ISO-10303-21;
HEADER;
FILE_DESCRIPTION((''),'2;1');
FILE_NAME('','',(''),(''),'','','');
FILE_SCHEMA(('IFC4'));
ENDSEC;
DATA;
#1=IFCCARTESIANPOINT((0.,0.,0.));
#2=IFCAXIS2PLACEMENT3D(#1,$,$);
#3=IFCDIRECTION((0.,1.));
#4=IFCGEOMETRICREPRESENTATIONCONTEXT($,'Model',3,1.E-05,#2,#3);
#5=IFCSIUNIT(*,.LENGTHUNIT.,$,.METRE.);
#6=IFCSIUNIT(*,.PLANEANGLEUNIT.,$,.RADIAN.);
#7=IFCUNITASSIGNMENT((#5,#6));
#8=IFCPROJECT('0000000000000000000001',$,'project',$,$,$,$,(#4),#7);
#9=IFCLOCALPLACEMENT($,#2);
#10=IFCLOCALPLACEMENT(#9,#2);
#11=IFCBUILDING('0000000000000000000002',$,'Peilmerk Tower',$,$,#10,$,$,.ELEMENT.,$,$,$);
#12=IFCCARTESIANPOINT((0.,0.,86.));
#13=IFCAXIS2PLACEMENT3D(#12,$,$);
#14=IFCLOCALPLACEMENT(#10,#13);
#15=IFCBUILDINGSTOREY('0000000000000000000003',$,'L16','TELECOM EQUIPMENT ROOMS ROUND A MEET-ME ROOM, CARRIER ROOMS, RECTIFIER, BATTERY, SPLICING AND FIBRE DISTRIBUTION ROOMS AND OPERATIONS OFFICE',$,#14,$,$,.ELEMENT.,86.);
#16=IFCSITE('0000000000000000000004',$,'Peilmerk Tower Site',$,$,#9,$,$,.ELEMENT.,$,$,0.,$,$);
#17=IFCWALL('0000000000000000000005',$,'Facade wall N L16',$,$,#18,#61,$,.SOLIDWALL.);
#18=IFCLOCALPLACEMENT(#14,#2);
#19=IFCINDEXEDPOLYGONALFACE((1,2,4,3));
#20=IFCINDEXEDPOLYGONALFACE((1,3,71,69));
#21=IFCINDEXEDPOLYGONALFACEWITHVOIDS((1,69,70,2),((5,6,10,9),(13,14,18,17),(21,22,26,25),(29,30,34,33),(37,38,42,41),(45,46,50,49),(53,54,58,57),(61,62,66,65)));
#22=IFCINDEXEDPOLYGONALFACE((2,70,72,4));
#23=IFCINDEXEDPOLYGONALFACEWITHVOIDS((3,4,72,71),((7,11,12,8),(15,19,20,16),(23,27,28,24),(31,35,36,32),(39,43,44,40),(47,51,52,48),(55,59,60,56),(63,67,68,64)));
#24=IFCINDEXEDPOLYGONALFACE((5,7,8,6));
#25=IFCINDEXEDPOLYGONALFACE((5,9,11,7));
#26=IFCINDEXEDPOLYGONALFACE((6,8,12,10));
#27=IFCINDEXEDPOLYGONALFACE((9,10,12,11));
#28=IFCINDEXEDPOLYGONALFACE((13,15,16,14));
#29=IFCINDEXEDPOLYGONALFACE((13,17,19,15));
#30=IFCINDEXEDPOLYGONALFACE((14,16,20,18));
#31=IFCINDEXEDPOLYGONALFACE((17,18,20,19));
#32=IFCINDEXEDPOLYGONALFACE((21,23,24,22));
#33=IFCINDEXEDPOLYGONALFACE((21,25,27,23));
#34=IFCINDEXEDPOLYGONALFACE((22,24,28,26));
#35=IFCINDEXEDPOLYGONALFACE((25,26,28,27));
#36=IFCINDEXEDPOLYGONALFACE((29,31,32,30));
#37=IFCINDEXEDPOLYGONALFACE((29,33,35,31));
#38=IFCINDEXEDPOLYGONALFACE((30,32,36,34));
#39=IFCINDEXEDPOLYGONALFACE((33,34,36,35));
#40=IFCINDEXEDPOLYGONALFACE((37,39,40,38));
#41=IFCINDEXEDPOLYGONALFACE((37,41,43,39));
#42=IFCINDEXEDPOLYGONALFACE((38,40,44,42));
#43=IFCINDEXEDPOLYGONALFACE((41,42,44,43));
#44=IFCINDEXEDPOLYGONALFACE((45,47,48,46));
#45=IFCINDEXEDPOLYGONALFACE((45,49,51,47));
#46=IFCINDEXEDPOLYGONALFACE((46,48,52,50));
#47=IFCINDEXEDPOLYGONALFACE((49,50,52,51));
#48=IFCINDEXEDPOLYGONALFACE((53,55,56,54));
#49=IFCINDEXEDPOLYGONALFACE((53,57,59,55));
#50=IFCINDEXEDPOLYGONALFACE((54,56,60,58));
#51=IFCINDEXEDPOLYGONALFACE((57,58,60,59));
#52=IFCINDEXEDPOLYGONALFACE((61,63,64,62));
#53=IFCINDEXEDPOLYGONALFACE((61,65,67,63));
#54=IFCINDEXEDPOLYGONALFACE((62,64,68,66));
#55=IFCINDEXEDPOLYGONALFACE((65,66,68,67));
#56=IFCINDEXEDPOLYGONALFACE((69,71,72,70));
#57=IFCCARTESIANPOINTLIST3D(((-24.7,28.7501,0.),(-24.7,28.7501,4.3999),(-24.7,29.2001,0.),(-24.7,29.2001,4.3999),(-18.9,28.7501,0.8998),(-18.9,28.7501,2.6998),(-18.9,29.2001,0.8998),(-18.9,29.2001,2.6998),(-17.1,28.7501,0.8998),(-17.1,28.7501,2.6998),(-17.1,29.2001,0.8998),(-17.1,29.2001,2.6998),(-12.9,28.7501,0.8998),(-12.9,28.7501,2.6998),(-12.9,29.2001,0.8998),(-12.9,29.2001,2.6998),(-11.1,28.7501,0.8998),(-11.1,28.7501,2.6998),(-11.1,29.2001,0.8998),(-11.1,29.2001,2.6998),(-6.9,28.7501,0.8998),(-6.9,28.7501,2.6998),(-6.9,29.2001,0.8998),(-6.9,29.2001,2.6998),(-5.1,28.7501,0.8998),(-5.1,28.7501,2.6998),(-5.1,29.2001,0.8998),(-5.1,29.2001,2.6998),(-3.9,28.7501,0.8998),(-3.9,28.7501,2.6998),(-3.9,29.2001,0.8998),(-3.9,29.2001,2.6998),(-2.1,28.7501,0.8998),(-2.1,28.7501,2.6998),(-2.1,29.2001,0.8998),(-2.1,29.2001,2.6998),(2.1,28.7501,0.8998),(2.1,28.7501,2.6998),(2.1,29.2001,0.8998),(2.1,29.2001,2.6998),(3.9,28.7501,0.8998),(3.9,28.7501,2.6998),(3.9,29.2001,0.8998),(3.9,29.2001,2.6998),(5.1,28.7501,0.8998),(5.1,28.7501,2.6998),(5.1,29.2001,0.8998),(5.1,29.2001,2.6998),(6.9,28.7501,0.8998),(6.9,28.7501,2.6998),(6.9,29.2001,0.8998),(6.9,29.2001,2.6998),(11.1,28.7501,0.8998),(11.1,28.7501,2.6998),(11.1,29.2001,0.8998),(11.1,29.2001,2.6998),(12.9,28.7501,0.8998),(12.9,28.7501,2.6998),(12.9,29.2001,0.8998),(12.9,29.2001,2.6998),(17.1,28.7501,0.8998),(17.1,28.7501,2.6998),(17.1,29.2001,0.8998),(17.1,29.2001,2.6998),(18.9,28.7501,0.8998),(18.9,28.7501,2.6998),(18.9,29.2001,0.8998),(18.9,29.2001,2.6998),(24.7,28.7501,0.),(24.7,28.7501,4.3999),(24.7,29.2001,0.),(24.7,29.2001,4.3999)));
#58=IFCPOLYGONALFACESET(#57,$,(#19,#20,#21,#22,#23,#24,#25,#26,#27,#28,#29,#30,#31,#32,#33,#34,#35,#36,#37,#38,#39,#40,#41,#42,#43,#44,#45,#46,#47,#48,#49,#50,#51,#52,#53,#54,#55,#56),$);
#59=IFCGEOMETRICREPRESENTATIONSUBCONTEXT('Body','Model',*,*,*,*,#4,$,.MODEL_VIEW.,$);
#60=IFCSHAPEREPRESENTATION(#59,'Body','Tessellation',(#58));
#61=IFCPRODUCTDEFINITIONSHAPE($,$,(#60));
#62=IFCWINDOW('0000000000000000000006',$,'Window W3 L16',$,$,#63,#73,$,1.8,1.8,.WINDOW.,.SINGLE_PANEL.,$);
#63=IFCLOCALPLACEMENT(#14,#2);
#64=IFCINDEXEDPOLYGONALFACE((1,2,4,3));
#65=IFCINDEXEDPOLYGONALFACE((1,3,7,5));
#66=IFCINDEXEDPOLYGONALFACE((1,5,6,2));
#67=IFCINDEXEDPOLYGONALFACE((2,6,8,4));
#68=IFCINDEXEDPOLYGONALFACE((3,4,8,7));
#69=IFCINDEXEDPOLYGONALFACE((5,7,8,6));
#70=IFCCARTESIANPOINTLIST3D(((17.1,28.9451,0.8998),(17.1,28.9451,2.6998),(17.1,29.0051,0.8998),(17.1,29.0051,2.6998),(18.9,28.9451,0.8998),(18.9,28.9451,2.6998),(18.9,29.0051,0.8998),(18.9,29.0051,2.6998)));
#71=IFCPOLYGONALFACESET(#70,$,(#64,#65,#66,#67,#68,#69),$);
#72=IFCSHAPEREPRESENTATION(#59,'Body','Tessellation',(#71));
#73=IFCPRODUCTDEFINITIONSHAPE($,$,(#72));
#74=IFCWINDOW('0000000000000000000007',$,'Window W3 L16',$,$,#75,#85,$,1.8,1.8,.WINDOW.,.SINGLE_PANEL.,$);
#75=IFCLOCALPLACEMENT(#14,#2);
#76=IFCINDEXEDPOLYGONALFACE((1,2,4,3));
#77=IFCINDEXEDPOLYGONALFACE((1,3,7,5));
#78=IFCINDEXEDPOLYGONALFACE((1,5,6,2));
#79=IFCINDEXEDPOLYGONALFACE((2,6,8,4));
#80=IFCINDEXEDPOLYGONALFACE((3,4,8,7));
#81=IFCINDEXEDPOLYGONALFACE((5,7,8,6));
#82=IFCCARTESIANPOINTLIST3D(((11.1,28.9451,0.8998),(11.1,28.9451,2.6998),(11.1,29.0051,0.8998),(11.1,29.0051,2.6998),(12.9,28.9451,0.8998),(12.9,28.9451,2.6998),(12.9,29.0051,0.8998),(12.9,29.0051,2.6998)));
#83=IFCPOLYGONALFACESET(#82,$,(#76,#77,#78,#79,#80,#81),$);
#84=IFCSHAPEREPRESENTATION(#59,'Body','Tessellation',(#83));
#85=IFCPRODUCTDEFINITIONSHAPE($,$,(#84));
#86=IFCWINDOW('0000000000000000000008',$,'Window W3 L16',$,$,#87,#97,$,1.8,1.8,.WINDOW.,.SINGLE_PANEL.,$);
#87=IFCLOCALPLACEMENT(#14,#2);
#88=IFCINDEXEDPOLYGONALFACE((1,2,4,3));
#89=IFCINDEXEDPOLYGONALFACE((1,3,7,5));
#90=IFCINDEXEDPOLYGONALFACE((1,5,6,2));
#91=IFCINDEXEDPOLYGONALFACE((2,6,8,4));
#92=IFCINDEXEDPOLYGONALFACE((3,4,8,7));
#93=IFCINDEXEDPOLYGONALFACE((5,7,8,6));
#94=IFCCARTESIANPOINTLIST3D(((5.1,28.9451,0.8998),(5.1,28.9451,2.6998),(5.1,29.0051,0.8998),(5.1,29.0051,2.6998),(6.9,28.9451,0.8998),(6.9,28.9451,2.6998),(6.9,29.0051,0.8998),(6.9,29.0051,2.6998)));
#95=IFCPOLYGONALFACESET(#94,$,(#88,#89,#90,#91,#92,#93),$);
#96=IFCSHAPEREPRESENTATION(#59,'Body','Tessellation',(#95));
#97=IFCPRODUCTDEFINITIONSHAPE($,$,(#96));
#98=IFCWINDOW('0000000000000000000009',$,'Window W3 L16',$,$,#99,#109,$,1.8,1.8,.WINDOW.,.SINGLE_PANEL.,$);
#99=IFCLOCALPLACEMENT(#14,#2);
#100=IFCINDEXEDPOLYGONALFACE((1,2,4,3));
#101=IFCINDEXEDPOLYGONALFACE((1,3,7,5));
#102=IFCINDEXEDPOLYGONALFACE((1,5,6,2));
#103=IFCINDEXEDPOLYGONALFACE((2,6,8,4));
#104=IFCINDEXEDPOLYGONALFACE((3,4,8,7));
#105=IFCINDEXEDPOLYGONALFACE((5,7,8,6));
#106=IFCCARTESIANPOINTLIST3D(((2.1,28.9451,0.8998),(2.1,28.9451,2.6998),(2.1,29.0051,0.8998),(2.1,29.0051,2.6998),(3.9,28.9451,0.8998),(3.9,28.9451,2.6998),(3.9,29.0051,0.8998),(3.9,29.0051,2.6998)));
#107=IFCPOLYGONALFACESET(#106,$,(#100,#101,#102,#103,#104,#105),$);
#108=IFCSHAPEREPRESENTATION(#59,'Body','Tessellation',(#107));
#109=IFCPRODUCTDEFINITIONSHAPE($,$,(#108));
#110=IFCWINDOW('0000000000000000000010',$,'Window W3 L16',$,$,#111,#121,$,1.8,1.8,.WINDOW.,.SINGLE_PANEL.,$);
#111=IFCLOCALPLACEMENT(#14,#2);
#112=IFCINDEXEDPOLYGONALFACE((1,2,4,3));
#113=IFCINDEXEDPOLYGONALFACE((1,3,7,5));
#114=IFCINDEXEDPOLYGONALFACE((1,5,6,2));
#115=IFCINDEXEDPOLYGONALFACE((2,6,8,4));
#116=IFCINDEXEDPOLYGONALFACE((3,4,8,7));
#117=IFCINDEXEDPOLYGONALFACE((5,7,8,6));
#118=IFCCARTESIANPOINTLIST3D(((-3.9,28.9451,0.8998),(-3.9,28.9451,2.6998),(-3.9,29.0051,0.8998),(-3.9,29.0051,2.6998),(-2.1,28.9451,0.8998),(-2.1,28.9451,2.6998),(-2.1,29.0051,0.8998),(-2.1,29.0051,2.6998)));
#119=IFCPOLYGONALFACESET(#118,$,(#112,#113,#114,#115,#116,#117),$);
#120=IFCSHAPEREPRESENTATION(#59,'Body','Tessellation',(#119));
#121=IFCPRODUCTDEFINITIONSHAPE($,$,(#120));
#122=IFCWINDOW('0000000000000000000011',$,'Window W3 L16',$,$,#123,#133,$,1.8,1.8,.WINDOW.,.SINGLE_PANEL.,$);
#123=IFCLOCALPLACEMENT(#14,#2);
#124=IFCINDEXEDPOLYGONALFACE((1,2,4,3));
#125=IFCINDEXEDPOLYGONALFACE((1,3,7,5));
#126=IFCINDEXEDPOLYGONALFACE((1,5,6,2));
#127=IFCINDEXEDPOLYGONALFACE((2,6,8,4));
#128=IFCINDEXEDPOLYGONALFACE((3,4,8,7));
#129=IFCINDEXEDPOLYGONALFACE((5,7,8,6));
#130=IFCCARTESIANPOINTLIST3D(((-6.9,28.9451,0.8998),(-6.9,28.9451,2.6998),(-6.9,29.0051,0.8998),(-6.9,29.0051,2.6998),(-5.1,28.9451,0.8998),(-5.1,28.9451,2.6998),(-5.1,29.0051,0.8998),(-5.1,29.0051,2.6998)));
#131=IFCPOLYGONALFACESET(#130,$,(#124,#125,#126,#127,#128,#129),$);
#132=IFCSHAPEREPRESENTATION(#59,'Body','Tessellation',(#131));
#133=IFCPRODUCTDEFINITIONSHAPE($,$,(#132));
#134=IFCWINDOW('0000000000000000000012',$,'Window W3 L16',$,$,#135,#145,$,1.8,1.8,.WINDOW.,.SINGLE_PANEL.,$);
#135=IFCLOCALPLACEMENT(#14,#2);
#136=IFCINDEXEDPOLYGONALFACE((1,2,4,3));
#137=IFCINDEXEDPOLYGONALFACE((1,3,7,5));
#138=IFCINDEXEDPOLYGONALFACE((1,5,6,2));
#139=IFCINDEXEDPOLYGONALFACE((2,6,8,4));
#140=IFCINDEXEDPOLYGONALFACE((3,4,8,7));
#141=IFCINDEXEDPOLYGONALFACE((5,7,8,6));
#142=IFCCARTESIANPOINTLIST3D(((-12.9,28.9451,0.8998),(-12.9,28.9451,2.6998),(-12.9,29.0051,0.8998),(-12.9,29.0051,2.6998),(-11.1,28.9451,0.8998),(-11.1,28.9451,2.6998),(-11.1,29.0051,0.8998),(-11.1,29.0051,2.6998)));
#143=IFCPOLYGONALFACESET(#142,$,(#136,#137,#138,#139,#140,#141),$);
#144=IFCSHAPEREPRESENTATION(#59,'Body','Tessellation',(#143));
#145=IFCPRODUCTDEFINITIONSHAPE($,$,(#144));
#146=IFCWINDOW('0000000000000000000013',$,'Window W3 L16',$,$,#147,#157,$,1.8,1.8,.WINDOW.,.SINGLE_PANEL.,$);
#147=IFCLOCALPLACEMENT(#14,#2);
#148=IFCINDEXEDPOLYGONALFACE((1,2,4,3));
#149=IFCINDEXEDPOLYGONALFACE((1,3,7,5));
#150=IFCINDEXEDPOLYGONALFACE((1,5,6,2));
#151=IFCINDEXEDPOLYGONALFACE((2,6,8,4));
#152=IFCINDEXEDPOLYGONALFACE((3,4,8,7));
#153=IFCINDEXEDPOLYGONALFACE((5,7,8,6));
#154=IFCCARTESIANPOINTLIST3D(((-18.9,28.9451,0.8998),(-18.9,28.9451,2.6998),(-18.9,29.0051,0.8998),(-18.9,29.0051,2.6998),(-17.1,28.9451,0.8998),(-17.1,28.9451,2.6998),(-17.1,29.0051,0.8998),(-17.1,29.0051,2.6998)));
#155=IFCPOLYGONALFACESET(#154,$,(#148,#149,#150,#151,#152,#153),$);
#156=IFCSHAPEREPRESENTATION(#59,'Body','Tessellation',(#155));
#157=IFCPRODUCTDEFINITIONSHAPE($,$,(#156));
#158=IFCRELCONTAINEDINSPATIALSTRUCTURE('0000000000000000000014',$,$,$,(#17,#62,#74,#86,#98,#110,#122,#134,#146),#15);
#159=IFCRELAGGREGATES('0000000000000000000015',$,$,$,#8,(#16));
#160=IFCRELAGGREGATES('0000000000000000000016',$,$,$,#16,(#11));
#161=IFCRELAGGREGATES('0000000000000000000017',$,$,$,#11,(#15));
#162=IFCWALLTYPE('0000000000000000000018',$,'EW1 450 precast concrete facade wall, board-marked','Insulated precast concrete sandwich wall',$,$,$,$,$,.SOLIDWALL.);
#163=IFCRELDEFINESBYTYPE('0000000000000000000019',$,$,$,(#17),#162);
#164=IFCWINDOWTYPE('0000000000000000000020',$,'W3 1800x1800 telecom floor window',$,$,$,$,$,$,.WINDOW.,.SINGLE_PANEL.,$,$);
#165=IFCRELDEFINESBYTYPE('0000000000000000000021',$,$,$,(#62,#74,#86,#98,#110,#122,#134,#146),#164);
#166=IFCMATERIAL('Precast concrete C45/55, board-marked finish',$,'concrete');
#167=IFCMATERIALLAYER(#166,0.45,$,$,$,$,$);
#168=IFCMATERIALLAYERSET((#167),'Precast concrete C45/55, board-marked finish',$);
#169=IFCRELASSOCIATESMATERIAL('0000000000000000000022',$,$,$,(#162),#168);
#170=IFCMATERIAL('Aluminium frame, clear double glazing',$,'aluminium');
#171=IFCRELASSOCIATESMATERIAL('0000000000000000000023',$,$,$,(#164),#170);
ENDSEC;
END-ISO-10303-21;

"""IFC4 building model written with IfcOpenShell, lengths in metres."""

from ifc_helpers import new_model, si_unit, direction, frame, frame_2d, origin, place, context, subcontext, project, spatial, rectangle, extrude, material, layer, layer_set, type_object, element, fill, save


model = new_model("IFC4")

# Units and contexts
model_context = context("Model", 3, precision=1e-05, world=origin(), true_north=direction((0.0, 1.0)))
body_context = subcontext(model_context, "Body", "Model", "MODEL_VIEW")
ifc_project = project(units=[si_unit("LENGTHUNIT", "METRE"), si_unit("PLANEANGLEUNIT", "RADIAN")], contexts=[model_context])

# Site, building, storey
site_placement = place(None, origin())
site = spatial("IfcSite", under=ifc_project, at=site_placement, Name="Peilmerk Tower Site", CompositionType="ELEMENT", RefElevation=0.0)
building_placement = place(site_placement, origin())
building = spatial("IfcBuilding", under=site, at=building_placement, Name="Peilmerk Tower", CompositionType="ELEMENT")
storey_placement = place(building_placement, frame((0.0, 0.0, 86.0)))
storey = spatial("IfcBuildingStorey", under=building, at=storey_placement, Name="L16", Description="TELECOM EQUIPMENT ROOMS ROUND A MEET-ME ROOM, CARRIER ROOMS, RECTIFIER, BATTERY, SPLICING AND FIBRE DISTRIBUTION ROOMS AND OPERATIONS OFFICE", CompositionType="ELEMENT", Elevation=86.0)

# Wall, openings, windows
ifc_material_1 = material(Name="Precast concrete C45/55, board-marked finish", Category="concrete")
ifc_layer = layer(ifc_material_1, 0.45)
ifc_layer_set = layer_set([ifc_layer], Name="Precast concrete C45/55, board-marked finish")
wall_type = type_object("IfcWallType", Name="EW1 450 precast concrete facade wall, board-marked", Description="Insulated precast concrete sandwich wall", PredefinedType="SOLIDWALL", material=ifc_layer_set)
wall_1_placement = place(storey_placement, frame((24.7, 28.9751, 0.0), z_axis=(0.0, 0.0, 1.0), x_axis=(-1.0, 0.0, 0.0)))
wall_1 = element("IfcWall", 1, at=wall_1_placement, inside=storey, type_object=wall_type, Name="Facade wall N L16", PredefinedType="SOLIDWALL", context=body_context, shape_type="SweptSolid", body=[
    extrude(rectangle(XDim=49.3999, YDim=0.45, at=frame_2d((24.7, 0.0))), origin(), (0.0, 0.0, 1.0), 4.3999),
])
opening_1_placement = place(wall_1_placement, frame((5.8, 0.0, 0.8999)))
opening_1 = element("IfcOpeningElement", 2, at=opening_1_placement, cuts=wall_1, PredefinedType="OPENING", context=body_context, shape_type="SweptSolid", body=[
    extrude(rectangle(XDim=1.8, YDim=1.8, at=frame_2d((0.8999, 0.8999))), frame((0.0, 0.2349, 0.0), z_axis=(0.0, -1.0, 0.0), x_axis=(1.0, 0.0, 0.0)), (0.0, 0.0, 1.0), 0.47),
])
opening_2_placement = place(wall_1_placement, frame((11.8, 0.0, 0.8999)))
opening_2 = element("IfcOpeningElement", 3, at=opening_2_placement, cuts=wall_1, PredefinedType="OPENING", context=body_context, shape_type="SweptSolid", body=[
    extrude(rectangle(XDim=1.8, YDim=1.8, at=frame_2d((0.8999, 0.8999))), frame((0.0, 0.2349, 0.0), z_axis=(0.0, -1.0, 0.0), x_axis=(1.0, 0.0, 0.0)), (0.0, 0.0, 1.0), 0.47),
])
opening_3_placement = place(wall_1_placement, frame((17.8, 0.0, 0.8999)))
opening_3 = element("IfcOpeningElement", 4, at=opening_3_placement, cuts=wall_1, PredefinedType="OPENING", context=body_context, shape_type="SweptSolid", body=[
    extrude(rectangle(XDim=1.8, YDim=1.8, at=frame_2d((0.8999, 0.8999))), frame((0.0, 0.2349, 0.0), z_axis=(0.0, -1.0, 0.0), x_axis=(1.0, 0.0, 0.0)), (0.0, 0.0, 1.0), 0.47),
])
opening_4_placement = place(wall_1_placement, frame((20.8, 0.0, 0.8999)))
opening_4 = element("IfcOpeningElement", 5, at=opening_4_placement, cuts=wall_1, PredefinedType="OPENING", context=body_context, shape_type="SweptSolid", body=[
    extrude(rectangle(XDim=1.8, YDim=1.8, at=frame_2d((0.8999, 0.8999))), frame((0.0, 0.2349, 0.0), z_axis=(0.0, -1.0, 0.0), x_axis=(1.0, 0.0, 0.0)), (0.0, 0.0, 1.0), 0.47),
])
opening_5_placement = place(wall_1_placement, frame((26.8, 0.0, 0.8999)))
opening_5 = element("IfcOpeningElement", 6, at=opening_5_placement, cuts=wall_1, PredefinedType="OPENING", context=body_context, shape_type="SweptSolid", body=[
    extrude(rectangle(XDim=1.8, YDim=1.8, at=frame_2d((0.8999, 0.8999))), frame((0.0, 0.2349, 0.0), z_axis=(0.0, -1.0, 0.0), x_axis=(1.0, 0.0, 0.0)), (0.0, 0.0, 1.0), 0.47),
])
opening_6_placement = place(wall_1_placement, frame((29.8, 0.0, 0.8999)))
opening_6 = element("IfcOpeningElement", 7, at=opening_6_placement, cuts=wall_1, PredefinedType="OPENING", context=body_context, shape_type="SweptSolid", body=[
    extrude(rectangle(XDim=1.8, YDim=1.8, at=frame_2d((0.8999, 0.8999))), frame((0.0, 0.2349, 0.0), z_axis=(0.0, -1.0, 0.0), x_axis=(1.0, 0.0, 0.0)), (0.0, 0.0, 1.0), 0.47),
])
opening_7_placement = place(wall_1_placement, frame((35.8, 0.0, 0.8999)))
opening_7 = element("IfcOpeningElement", 8, at=opening_7_placement, cuts=wall_1, PredefinedType="OPENING", context=body_context, shape_type="SweptSolid", body=[
    extrude(rectangle(XDim=1.8, YDim=1.8, at=frame_2d((0.8999, 0.8999))), frame((0.0, 0.2349, 0.0), z_axis=(0.0, -1.0, 0.0), x_axis=(1.0, 0.0, 0.0)), (0.0, 0.0, 1.0), 0.47),
])
opening_8_placement = place(wall_1_placement, frame((41.8, 0.0, 0.8999)))
opening_8 = element("IfcOpeningElement", 9, at=opening_8_placement, cuts=wall_1, PredefinedType="OPENING", context=body_context, shape_type="SweptSolid", body=[
    extrude(rectangle(XDim=1.8, YDim=1.8, at=frame_2d((0.8999, 0.8999))), frame((0.0, 0.2349, 0.0), z_axis=(0.0, -1.0, 0.0), x_axis=(1.0, 0.0, 0.0)), (0.0, 0.0, 1.0), 0.47),
])
ifc_material_2 = material(Name="Aluminium frame, clear double glazing", Category="aluminium")
window_type = type_object("IfcWindowType", Name="W3 1800x1800 telecom floor window", PartitioningType="SINGLE_PANEL", PredefinedType="WINDOW", material=ifc_material_2)
window_1_placement = place(opening_1_placement, origin())
window_1 = element("IfcWindow", 10, at=window_1_placement, inside=storey, type_object=window_type, Name="Window W3 L16", OverallHeight=1.8, OverallWidth=1.8, PartitioningType="SINGLE_PANEL", PredefinedType="WINDOW", context=body_context, shape_type="SweptSolid", body=[
    extrude(rectangle(XDim=1.8, YDim=1.8, at=frame_2d((0.8999, 0.8999))), frame((0.0, 0.03, 0.0), z_axis=(0.0, -1.0, 0.0), x_axis=(1.0, 0.0, 0.0)), (0.0, 0.0, 1.0), 0.0601),
])
fill(opening_1, window_1)
window_2_placement = place(opening_2_placement, origin())
window_2 = element("IfcWindow", 11, at=window_2_placement, inside=storey, type_object=window_type, Name="Window W3 L16", OverallHeight=1.8, OverallWidth=1.8, PartitioningType="SINGLE_PANEL", PredefinedType="WINDOW", context=body_context, shape_type="SweptSolid", body=[
    extrude(rectangle(XDim=1.8, YDim=1.8, at=frame_2d((0.8999, 0.8999))), frame((0.0, 0.03, 0.0), z_axis=(0.0, -1.0, 0.0), x_axis=(1.0, 0.0, 0.0)), (0.0, 0.0, 1.0), 0.0601),
])
fill(opening_2, window_2)
window_3_placement = place(opening_3_placement, origin())
window_3 = element("IfcWindow", 12, at=window_3_placement, inside=storey, type_object=window_type, Name="Window W3 L16", OverallHeight=1.8, OverallWidth=1.8, PartitioningType="SINGLE_PANEL", PredefinedType="WINDOW", context=body_context, shape_type="SweptSolid", body=[
    extrude(rectangle(XDim=1.8, YDim=1.8, at=frame_2d((0.8999, 0.8999))), frame((0.0, 0.03, 0.0), z_axis=(0.0, -1.0, 0.0), x_axis=(1.0, 0.0, 0.0)), (0.0, 0.0, 1.0), 0.0601),
])
fill(opening_3, window_3)
window_4_placement = place(opening_4_placement, origin())
window_4 = element("IfcWindow", 13, at=window_4_placement, inside=storey, type_object=window_type, Name="Window W3 L16", OverallHeight=1.8, OverallWidth=1.8, PartitioningType="SINGLE_PANEL", PredefinedType="WINDOW", context=body_context, shape_type="SweptSolid", body=[
    extrude(rectangle(XDim=1.8, YDim=1.8, at=frame_2d((0.8999, 0.8999))), frame((0.0, 0.03, 0.0), z_axis=(0.0, -1.0, 0.0), x_axis=(1.0, 0.0, 0.0)), (0.0, 0.0, 1.0), 0.0601),
])
fill(opening_4, window_4)
window_5_placement = place(opening_5_placement, origin())
window_5 = element("IfcWindow", 14, at=window_5_placement, inside=storey, type_object=window_type, Name="Window W3 L16", OverallHeight=1.8, OverallWidth=1.8, PartitioningType="SINGLE_PANEL", PredefinedType="WINDOW", context=body_context, shape_type="SweptSolid", body=[
    extrude(rectangle(XDim=1.8, YDim=1.8, at=frame_2d((0.8999, 0.8999))), frame((0.0, 0.03, 0.0), z_axis=(0.0, -1.0, 0.0), x_axis=(1.0, 0.0, 0.0)), (0.0, 0.0, 1.0), 0.0601),
])
fill(opening_5, window_5)
window_6_placement = place(opening_6_placement, origin())
window_6 = element("IfcWindow", 15, at=window_6_placement, inside=storey, type_object=window_type, Name="Window W3 L16", OverallHeight=1.8, OverallWidth=1.8, PartitioningType="SINGLE_PANEL", PredefinedType="WINDOW", context=body_context, shape_type="SweptSolid", body=[
    extrude(rectangle(XDim=1.8, YDim=1.8, at=frame_2d((0.8999, 0.8999))), frame((0.0, 0.03, 0.0), z_axis=(0.0, -1.0, 0.0), x_axis=(1.0, 0.0, 0.0)), (0.0, 0.0, 1.0), 0.0601),
])
fill(opening_6, window_6)
window_7_placement = place(opening_7_placement, origin())
window_7 = element("IfcWindow", 16, at=window_7_placement, inside=storey, type_object=window_type, Name="Window W3 L16", OverallHeight=1.8, OverallWidth=1.8, PartitioningType="SINGLE_PANEL", PredefinedType="WINDOW", context=body_context, shape_type="SweptSolid", body=[
    extrude(rectangle(XDim=1.8, YDim=1.8, at=frame_2d((0.8999, 0.8999))), frame((0.0, 0.03, 0.0), z_axis=(0.0, -1.0, 0.0), x_axis=(1.0, 0.0, 0.0)), (0.0, 0.0, 1.0), 0.0601),
])
fill(opening_7, window_7)
window_8_placement = place(opening_8_placement, origin())
window_8 = element("IfcWindow", 17, at=window_8_placement, inside=storey, type_object=window_type, Name="Window W3 L16", OverallHeight=1.8, OverallWidth=1.8, PartitioningType="SINGLE_PANEL", PredefinedType="WINDOW", context=body_context, shape_type="SweptSolid", body=[
    extrude(rectangle(XDim=1.8, YDim=1.8, at=frame_2d((0.8999, 0.8999))), frame((0.0, 0.03, 0.0), z_axis=(0.0, -1.0, 0.0), x_axis=(1.0, 0.0, 0.0)), (0.0, 0.0, 1.0), 0.0601),
])
fill(opening_8, window_8)

save(model, "model.ifc")
